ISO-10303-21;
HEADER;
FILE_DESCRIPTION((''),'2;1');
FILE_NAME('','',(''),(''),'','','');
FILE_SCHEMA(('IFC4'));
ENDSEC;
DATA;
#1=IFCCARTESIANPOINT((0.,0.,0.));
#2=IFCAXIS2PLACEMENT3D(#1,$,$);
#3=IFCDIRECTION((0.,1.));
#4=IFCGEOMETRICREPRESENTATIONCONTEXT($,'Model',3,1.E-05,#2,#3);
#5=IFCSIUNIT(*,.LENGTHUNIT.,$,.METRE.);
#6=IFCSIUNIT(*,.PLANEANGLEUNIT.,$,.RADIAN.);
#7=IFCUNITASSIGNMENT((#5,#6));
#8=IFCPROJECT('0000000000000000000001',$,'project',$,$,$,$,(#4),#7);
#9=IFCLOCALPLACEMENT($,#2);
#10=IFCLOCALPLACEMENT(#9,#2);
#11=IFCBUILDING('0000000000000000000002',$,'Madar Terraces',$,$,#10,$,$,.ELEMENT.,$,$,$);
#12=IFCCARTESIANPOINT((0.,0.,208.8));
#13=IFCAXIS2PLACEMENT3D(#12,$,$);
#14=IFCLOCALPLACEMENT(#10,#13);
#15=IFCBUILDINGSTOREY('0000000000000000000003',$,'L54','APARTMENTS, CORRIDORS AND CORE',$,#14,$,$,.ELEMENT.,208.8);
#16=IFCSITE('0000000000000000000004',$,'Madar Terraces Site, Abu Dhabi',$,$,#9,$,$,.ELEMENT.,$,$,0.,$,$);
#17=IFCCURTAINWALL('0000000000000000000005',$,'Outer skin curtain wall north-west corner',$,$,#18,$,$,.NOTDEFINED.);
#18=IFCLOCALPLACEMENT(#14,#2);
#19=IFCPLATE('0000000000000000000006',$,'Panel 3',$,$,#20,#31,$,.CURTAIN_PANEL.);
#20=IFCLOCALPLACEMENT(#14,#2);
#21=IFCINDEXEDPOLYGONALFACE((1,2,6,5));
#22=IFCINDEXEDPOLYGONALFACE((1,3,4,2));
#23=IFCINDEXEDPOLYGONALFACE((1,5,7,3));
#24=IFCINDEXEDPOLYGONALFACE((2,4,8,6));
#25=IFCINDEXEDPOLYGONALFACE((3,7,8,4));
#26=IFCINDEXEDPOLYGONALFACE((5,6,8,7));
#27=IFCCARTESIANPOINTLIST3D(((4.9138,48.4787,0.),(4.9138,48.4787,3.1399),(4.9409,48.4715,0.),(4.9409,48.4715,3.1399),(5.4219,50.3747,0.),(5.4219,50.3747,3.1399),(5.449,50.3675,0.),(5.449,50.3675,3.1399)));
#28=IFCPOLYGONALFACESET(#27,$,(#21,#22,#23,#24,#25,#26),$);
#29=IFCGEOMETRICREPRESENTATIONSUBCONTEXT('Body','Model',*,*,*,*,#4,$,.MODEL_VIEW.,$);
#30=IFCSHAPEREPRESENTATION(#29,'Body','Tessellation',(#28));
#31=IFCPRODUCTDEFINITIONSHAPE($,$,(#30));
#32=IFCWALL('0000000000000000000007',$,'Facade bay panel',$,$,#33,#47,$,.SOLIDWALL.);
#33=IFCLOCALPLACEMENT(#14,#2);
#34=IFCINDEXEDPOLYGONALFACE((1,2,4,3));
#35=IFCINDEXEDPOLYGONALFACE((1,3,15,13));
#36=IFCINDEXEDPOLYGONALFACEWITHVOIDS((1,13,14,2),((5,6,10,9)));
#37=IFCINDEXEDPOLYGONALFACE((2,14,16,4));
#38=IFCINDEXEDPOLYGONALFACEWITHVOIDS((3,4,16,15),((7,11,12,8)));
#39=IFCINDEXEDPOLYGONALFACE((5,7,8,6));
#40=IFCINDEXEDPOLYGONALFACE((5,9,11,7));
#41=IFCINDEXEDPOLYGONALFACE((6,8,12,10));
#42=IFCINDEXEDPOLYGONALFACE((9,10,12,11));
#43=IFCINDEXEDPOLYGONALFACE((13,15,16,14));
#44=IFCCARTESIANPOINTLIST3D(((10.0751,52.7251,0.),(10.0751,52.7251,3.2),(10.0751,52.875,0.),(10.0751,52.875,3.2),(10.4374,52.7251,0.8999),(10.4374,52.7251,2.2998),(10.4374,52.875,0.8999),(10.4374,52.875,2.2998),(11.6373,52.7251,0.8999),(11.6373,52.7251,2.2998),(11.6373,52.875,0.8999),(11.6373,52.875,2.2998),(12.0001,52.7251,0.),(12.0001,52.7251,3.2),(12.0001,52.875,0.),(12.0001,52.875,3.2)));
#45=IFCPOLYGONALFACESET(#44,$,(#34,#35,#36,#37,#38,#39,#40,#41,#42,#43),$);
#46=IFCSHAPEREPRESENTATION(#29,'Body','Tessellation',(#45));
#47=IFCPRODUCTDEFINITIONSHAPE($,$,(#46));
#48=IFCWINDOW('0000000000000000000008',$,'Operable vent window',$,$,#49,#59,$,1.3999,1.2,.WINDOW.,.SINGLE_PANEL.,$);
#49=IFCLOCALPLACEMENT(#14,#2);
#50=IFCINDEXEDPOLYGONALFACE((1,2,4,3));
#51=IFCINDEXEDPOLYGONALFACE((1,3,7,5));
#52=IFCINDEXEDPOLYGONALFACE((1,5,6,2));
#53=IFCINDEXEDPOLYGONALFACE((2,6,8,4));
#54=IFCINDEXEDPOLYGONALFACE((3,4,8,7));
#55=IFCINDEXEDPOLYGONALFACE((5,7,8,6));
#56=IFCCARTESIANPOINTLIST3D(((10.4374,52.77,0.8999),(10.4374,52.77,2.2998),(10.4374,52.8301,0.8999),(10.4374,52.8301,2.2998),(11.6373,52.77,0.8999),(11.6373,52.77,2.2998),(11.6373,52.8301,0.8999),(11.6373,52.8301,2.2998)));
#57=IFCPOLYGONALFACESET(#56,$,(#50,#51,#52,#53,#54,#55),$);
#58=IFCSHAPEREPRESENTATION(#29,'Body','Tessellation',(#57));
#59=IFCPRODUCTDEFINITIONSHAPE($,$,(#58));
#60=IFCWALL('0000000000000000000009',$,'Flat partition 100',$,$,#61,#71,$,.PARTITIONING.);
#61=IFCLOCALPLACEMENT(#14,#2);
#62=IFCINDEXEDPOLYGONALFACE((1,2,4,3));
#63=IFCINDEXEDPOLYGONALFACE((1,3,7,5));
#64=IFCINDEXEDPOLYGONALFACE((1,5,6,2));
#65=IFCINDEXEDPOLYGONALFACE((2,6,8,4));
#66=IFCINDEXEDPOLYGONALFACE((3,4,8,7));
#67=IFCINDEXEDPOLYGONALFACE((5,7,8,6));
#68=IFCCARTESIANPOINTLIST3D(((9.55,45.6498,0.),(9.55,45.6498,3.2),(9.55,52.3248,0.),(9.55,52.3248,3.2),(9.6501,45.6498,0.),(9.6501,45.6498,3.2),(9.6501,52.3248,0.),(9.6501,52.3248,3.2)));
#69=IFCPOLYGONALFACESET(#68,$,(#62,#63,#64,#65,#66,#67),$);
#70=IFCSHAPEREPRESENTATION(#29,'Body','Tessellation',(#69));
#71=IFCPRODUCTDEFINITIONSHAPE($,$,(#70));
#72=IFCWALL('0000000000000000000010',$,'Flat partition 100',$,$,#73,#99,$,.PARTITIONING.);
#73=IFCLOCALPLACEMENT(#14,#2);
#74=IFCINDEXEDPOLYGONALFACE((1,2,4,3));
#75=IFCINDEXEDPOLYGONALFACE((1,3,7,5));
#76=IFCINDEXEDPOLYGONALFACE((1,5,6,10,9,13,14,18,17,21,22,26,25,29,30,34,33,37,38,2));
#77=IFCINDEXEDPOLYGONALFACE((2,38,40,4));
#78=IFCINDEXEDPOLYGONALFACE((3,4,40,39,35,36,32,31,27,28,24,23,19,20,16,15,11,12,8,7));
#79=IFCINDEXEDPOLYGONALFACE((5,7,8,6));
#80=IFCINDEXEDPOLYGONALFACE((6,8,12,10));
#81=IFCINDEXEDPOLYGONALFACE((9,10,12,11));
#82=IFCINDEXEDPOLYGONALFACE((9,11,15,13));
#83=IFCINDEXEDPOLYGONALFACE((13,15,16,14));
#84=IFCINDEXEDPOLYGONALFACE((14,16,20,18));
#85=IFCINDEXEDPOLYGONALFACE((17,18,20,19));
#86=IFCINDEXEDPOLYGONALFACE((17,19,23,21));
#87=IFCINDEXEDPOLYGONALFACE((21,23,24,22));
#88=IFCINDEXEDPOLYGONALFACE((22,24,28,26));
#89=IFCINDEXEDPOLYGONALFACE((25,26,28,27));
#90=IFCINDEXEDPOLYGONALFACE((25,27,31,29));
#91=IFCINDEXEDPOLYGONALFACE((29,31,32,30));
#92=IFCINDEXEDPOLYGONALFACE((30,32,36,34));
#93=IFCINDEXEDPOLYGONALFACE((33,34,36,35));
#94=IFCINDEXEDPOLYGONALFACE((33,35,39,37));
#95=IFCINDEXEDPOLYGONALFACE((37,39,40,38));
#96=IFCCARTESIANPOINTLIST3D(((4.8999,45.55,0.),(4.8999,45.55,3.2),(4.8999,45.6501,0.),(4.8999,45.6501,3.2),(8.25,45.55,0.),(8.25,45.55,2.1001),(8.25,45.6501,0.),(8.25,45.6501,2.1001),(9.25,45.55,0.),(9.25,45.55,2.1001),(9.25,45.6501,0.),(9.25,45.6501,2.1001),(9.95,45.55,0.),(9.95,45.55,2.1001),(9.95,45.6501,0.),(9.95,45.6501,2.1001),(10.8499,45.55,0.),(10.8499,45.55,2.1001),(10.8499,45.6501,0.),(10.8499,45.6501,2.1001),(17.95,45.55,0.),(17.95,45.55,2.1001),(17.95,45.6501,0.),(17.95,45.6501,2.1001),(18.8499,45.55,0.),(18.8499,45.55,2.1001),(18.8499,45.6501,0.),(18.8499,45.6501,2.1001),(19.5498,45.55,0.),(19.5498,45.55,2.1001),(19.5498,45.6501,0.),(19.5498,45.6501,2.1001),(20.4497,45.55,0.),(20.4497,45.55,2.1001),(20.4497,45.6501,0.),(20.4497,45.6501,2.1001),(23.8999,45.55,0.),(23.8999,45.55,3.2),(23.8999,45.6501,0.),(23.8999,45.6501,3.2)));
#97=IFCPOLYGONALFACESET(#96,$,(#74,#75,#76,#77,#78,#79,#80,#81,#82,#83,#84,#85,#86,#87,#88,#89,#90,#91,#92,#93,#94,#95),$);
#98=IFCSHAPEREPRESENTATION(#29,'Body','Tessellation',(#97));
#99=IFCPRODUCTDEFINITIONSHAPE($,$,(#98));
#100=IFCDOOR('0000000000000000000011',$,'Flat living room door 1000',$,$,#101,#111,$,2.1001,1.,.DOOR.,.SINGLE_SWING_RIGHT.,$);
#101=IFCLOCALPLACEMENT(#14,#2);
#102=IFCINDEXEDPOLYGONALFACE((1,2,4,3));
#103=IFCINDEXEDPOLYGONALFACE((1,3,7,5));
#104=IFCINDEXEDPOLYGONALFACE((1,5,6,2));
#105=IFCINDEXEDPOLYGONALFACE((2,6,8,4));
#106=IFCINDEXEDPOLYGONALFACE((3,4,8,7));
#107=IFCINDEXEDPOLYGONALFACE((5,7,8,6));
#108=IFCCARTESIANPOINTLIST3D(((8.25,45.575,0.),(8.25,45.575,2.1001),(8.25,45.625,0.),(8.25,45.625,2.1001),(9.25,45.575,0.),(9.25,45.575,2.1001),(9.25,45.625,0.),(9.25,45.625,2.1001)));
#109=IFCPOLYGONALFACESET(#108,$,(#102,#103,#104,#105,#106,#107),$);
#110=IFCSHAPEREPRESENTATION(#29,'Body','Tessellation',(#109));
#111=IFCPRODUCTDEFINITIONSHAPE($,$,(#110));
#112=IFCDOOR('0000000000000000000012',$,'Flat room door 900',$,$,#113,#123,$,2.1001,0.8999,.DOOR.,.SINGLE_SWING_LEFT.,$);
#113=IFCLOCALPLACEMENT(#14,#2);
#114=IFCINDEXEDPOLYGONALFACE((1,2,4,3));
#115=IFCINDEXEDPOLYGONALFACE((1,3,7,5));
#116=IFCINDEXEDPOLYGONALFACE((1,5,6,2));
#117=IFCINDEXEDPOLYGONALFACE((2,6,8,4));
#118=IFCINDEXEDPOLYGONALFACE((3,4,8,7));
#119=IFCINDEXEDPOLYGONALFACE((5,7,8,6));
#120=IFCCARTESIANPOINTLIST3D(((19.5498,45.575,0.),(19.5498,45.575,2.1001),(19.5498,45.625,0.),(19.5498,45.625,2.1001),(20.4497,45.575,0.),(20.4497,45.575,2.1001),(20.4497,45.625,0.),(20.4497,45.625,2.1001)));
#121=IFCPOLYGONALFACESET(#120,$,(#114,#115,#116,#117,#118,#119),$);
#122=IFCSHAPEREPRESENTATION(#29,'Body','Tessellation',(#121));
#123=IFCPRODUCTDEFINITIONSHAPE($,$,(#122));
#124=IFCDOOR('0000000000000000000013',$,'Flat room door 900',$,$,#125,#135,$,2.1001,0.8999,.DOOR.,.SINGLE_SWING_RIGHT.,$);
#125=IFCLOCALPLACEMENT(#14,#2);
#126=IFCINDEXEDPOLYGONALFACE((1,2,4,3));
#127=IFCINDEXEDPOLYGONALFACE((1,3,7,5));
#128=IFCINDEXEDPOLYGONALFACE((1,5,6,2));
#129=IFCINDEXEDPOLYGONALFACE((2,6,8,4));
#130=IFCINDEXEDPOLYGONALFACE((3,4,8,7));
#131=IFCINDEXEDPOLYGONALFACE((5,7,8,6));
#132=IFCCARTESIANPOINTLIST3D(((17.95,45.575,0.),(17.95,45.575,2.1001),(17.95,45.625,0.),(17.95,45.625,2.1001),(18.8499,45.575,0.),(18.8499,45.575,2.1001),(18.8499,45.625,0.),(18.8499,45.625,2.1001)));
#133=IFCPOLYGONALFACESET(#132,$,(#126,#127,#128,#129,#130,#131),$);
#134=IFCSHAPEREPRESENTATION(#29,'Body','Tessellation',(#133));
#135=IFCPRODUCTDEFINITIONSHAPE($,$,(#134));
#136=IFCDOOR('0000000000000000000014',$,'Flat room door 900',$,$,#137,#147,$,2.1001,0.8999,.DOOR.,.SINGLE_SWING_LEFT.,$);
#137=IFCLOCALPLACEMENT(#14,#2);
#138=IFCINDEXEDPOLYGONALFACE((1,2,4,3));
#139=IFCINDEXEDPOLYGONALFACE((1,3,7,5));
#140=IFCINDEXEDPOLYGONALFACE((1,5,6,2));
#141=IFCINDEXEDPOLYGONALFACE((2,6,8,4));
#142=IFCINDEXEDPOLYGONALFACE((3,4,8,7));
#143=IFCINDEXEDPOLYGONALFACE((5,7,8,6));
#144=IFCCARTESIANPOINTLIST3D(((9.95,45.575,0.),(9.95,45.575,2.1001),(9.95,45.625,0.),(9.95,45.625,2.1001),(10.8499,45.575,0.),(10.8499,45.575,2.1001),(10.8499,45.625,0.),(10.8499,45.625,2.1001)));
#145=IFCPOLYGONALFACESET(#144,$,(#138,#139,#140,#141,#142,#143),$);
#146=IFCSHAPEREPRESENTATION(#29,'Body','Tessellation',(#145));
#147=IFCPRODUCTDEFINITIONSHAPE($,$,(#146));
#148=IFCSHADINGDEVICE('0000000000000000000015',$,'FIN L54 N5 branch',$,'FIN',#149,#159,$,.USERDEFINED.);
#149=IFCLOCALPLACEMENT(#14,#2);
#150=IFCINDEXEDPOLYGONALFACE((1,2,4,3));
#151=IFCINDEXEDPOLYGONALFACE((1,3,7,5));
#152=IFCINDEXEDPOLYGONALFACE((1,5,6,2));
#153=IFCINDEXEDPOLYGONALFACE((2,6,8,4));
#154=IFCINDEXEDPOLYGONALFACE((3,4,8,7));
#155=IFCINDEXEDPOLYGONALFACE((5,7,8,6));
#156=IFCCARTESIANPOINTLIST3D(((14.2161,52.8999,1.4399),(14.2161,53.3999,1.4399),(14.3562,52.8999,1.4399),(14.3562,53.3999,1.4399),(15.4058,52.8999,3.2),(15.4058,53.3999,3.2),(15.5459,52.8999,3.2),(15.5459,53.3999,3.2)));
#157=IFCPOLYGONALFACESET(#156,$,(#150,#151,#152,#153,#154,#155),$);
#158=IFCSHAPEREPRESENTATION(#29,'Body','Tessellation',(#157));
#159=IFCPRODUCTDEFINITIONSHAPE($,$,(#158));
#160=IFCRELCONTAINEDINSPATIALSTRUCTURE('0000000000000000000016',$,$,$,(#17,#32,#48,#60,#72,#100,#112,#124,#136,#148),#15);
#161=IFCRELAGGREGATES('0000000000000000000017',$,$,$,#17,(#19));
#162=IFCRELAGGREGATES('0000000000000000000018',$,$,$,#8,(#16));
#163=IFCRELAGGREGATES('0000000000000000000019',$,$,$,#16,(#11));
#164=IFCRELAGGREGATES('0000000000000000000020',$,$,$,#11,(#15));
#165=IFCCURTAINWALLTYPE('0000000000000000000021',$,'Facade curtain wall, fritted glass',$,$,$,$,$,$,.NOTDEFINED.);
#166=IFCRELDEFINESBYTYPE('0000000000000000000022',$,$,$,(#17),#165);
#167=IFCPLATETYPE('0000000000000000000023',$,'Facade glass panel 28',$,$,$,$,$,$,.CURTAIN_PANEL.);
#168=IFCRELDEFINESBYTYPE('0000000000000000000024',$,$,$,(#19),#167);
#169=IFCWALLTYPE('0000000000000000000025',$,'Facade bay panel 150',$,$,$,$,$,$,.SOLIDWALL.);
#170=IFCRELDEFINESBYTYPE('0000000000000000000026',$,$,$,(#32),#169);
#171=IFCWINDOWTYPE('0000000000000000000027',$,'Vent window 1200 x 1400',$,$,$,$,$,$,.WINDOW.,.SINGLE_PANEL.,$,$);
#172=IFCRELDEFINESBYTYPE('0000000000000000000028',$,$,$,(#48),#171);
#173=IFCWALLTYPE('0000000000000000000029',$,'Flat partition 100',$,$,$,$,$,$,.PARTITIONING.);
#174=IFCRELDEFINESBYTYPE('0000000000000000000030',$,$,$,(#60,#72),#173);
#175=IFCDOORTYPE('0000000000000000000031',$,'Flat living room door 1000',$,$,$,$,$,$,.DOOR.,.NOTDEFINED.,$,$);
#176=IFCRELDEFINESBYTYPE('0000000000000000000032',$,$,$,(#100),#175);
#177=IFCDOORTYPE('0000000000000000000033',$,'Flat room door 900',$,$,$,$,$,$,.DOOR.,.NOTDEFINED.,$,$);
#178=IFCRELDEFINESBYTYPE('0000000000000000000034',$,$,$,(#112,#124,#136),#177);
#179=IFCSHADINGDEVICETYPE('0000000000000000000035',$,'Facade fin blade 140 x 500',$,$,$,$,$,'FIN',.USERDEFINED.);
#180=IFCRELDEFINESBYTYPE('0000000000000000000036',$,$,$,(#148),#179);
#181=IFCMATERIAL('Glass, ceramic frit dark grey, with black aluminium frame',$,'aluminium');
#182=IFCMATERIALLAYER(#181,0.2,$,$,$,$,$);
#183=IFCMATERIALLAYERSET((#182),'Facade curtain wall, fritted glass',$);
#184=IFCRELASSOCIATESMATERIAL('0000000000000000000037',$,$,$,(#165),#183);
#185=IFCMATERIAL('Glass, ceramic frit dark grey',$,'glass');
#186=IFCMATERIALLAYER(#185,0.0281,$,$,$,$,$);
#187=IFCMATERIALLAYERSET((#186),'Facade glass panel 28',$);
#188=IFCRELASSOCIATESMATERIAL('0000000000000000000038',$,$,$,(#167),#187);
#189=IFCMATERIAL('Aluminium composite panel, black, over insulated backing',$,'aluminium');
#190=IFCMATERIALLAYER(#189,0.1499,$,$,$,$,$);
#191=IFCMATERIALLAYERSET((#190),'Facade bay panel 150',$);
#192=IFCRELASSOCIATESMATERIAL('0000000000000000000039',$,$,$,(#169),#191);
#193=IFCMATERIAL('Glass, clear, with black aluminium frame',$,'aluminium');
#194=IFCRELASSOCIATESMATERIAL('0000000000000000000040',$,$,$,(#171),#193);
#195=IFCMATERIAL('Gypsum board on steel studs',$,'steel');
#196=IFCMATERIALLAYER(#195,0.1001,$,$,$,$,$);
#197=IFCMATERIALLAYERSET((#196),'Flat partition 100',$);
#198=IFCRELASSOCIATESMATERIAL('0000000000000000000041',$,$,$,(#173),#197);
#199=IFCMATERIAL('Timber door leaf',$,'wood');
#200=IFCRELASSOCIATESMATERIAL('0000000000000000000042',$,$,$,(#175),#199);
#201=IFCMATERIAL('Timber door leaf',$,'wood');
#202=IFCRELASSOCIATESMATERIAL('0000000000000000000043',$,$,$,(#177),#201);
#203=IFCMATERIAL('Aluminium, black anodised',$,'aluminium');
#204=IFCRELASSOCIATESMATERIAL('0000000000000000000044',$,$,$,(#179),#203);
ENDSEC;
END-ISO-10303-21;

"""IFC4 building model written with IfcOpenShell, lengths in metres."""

from ifc_helpers import new_model, si_unit, direction, frame, frame_2d, origin, origin_2d, place, context, subcontext, project, spatial, polyline, rectangle, outline, extrude, material, layer, layer_set, type_object, element, fill, aggregate, save


model = new_model("IFC4")

# Units and contexts
model_context = context("Model", 3, precision=1e-05, world=origin(), true_north=direction((0.0, 1.0)))
body_context = subcontext(model_context, "Body", "Model", "MODEL_VIEW")
ifc_project = project(units=[si_unit("LENGTHUNIT", "METRE"), si_unit("PLANEANGLEUNIT", "RADIAN")], contexts=[model_context])

# Site, building, storey
site_placement = place(None, origin())
site = spatial("IfcSite", under=ifc_project, at=site_placement, Name="Madar Terraces Site, Abu Dhabi", CompositionType="ELEMENT", RefElevation=0.0)
building_placement = place(site_placement, origin())
building = spatial("IfcBuilding", under=site, at=building_placement, Name="Madar Terraces", CompositionType="ELEMENT")
storey_placement = place(building_placement, frame((0.0, 0.0, 208.8)))
storey = spatial("IfcBuildingStorey", under=building, at=storey_placement, Name="L54", Description="APARTMENTS, CORRIDORS AND CORE", CompositionType="ELEMENT", Elevation=208.8)

# Shared definitions
ifc_material_1 = material(Name="Glass, ceramic frit dark grey, with black aluminium frame", Category="aluminium")
ifc_layer_1 = layer(ifc_material_1, 0.2)
ifc_layer_set_1 = layer_set([ifc_layer_1], Name="Facade curtain wall, fritted glass")
curtain_wall_type = type_object("IfcCurtainWallType", Name="Facade curtain wall, fritted glass", PredefinedType="NOTDEFINED", material=ifc_layer_set_1)

# Curtain wall
curtain_wall_1_placement = place(storey_placement, origin())
curtain_wall_1 = element("IfcCurtainWall", 1, at=curtain_wall_1_placement, inside=storey, type_object=curtain_wall_type, Name="Outer skin curtain wall north-west corner", PredefinedType="NOTDEFINED")

# Shared definitions
ifc_material_2 = material(Name="Glass, ceramic frit dark grey", Category="glass")
ifc_layer_2 = layer(ifc_material_2, 0.0281)
ifc_layer_set_2 = layer_set([ifc_layer_2], Name="Facade glass panel 28")
plate_type = type_object("IfcPlateType", Name="Facade glass panel 28", PredefinedType="CURTAIN_PANEL", material=ifc_layer_set_2)

# Plate
plate_1_placement = place(storey_placement, frame((5.1814, 49.4231, 0.0), z_axis=(0.0, 0.0, 1.0), x_axis=(-0.258819, -0.965926, 0.0)))
plate_1 = element("IfcPlate", 2, at=plate_1_placement, type_object=plate_type, Name="Panel 3", PredefinedType="CURTAIN_PANEL", context=body_context, shape_type="SweptSolid", body=[
    extrude(rectangle(XDim=1.9629, YDim=0.0281, at=origin_2d()), origin(), (0.0, 0.0, 1.0), 3.1399),
])
aggregate(curtain_wall_1, [plate_1])

# Wall, opening, window
ifc_material_3 = material(Name="Aluminium composite panel, black, over insulated backing", Category="aluminium")
ifc_layer_3 = layer(ifc_material_3, 0.1499)
ifc_layer_set_3 = layer_set([ifc_layer_3], Name="Facade bay panel 150")
wall_type_1 = type_object("IfcWallType", Name="Facade bay panel 150", PredefinedType="SOLIDWALL", material=ifc_layer_set_3)
wall_1_placement = place(storey_placement, frame((12.0, 52.8, 0.0), z_axis=(0.0, 0.0, 1.0), x_axis=(-1.0, 0.0, 0.0)))
wall_1 = element("IfcWall", 3, at=wall_1_placement, inside=storey, type_object=wall_type_1, Name="Facade bay panel", PredefinedType="SOLIDWALL", context=body_context, shape_type="SweptSolid", body=[
    extrude(rectangle(XDim=1.925, YDim=0.1499, at=frame_2d((0.9624, 0.0))), origin(), (0.0, 0.0, 1.0), 3.2),
])
opening_1_placement = place(wall_1_placement, frame((0.3625, 0.0, 0.8999)))
opening_1 = element("IfcOpeningElement", 4, at=opening_1_placement, cuts=wall_1, PredefinedType="OPENING", context=body_context, shape_type="SweptSolid", body=[
    extrude(rectangle(XDim=1.2, YDim=1.3999, at=frame_2d((0.6001, 0.7))), frame((0.0, 0.085, 0.0), z_axis=(0.0, -1.0, 0.0), x_axis=(1.0, 0.0, 0.0)), (0.0, 0.0, 1.0), 0.1699),
])
ifc_material_4 = material(Name="Glass, clear, with black aluminium frame", Category="aluminium")
window_type = type_object("IfcWindowType", Name="Vent window 1200 x 1400", PartitioningType="SINGLE_PANEL", PredefinedType="WINDOW", material=ifc_material_4)
window_placement = place(opening_1_placement, origin())
window = element("IfcWindow", 5, at=window_placement, inside=storey, type_object=window_type, Name="Operable vent window", OverallHeight=1.3999, OverallWidth=1.2, PartitioningType="SINGLE_PANEL", PredefinedType="WINDOW", context=body_context, shape_type="SweptSolid", body=[
    extrude(rectangle(XDim=1.2, YDim=1.3999, at=frame_2d((0.6001, 0.7))), frame((0.0, 0.03, 0.0), z_axis=(0.0, -1.0, 0.0), x_axis=(1.0, 0.0, 0.0)), (0.0, 0.0, 1.0), 0.0601),
])
fill(opening_1, window)

# Wall
ifc_material_5 = material(Name="Gypsum board on steel studs", Category="steel")
ifc_layer_4 = layer(ifc_material_5, 0.1001)
ifc_layer_set_4 = layer_set([ifc_layer_4], Name="Flat partition 100")
wall_type_2 = type_object("IfcWallType", Name="Flat partition 100", PredefinedType="PARTITIONING", material=ifc_layer_set_4)
wall_2_placement = place(storey_placement, frame((9.6001, 45.6499, 0.0), z_axis=(0.0, 0.0, 1.0), x_axis=(0.0, 1.0, 0.0)))
element("IfcWall", 6, at=wall_2_placement, inside=storey, type_object=wall_type_2, Name="Flat partition 100", PredefinedType="PARTITIONING", context=body_context, shape_type="SweptSolid", body=[
    extrude(rectangle(XDim=6.675, YDim=0.1001, at=frame_2d((3.3374, 0.0))), origin(), (0.0, 0.0, 1.0), 3.2),
])

# Wall, openings, doors
wall_3_placement = place(storey_placement, frame((4.8999, 45.6001, 0.0), z_axis=(0.0, 0.0, 1.0), x_axis=(1.0, 0.0, 0.0)))
wall_3 = element("IfcWall", 7, at=wall_3_placement, inside=storey, type_object=wall_type_2, Name="Flat partition 100", PredefinedType="PARTITIONING", context=body_context, shape_type="SweptSolid", body=[
    extrude(rectangle(XDim=19.0, YDim=0.1001, at=frame_2d((9.5, 0.0))), origin(), (0.0, 0.0, 1.0), 3.2),
])
opening_2_placement = place(wall_3_placement, frame((14.6499, 0.0, 0.0)))
opening_2 = element("IfcOpeningElement", 8, at=opening_2_placement, cuts=wall_3, PredefinedType="OPENING", context=body_context, shape_type="SweptSolid", body=[
    extrude(rectangle(XDim=0.8999, YDim=2.1001, at=frame_2d((0.45, 1.05))), frame((0.0, 0.0601, 0.0), z_axis=(0.0, -1.0, 0.0), x_axis=(1.0, 0.0, 0.0)), (0.0, 0.0, 1.0), 0.1201),
])
opening_3_placement = place(wall_3_placement, frame((13.05, 0.0, 0.0)))
opening_3 = element("IfcOpeningElement", 9, at=opening_3_placement, cuts=wall_3, PredefinedType="OPENING", context=body_context, shape_type="SweptSolid", body=[
    extrude(rectangle(XDim=0.8999, YDim=2.1001, at=frame_2d((0.45, 1.05))), frame((0.0, 0.0601, 0.0), z_axis=(0.0, -1.0, 0.0), x_axis=(1.0, 0.0, 0.0)), (0.0, 0.0, 1.0), 0.1201),
])
opening_4_placement = place(wall_3_placement, frame((5.05, 0.0, 0.0)))
opening_4 = element("IfcOpeningElement", 10, at=opening_4_placement, cuts=wall_3, PredefinedType="OPENING", context=body_context, shape_type="SweptSolid", body=[
    extrude(rectangle(XDim=0.8999, YDim=2.1001, at=frame_2d((0.45, 1.05))), frame((0.0, 0.0601, 0.0), z_axis=(0.0, -1.0, 0.0), x_axis=(1.0, 0.0, 0.0)), (0.0, 0.0, 1.0), 0.1201),
])
opening_5_placement = place(wall_3_placement, frame((3.3501, 0.0, 0.0)))
opening_5 = element("IfcOpeningElement", 11, at=opening_5_placement, cuts=wall_3, PredefinedType="OPENING", context=body_context, shape_type="SweptSolid", body=[
    extrude(rectangle(XDim=1.0, YDim=2.1001, at=frame_2d((0.5, 1.05))), frame((0.0, 0.0601, 0.0), z_axis=(0.0, -1.0, 0.0), x_axis=(1.0, 0.0, 0.0)), (0.0, 0.0, 1.0), 0.1201),
])
ifc_material_6 = material(Name="Timber door leaf", Category="wood")
door_type_1 = type_object("IfcDoorType", Name="Flat living room door 1000", OperationType="NOTDEFINED", PredefinedType="DOOR", material=ifc_material_6)
door_1_placement = place(opening_5_placement, origin())
door_1 = element("IfcDoor", 12, at=door_1_placement, inside=storey, type_object=door_type_1, Name="Flat living room door 1000", OperationType="SINGLE_SWING_RIGHT", OverallHeight=2.1001, OverallWidth=1.0, PredefinedType="DOOR", context=body_context, shape_type="SweptSolid", body=[
    extrude(rectangle(XDim=1.0, YDim=2.1001, at=frame_2d((0.5, 1.05))), frame((0.0, 0.0249, 0.0), z_axis=(0.0, -1.0, 0.0), x_axis=(1.0, 0.0, 0.0)), (0.0, 0.0, 1.0), 0.05),
])
fill(opening_5, door_1)
ifc_material_7 = material(Name="Timber door leaf", Category="wood")
door_type_2 = type_object("IfcDoorType", Name="Flat room door 900", OperationType="NOTDEFINED", PredefinedType="DOOR", material=ifc_material_7)
door_2_placement = place(opening_2_placement, origin())
door_2 = element("IfcDoor", 13, at=door_2_placement, inside=storey, type_object=door_type_2, Name="Flat room door 900", OperationType="SINGLE_SWING_LEFT", OverallHeight=2.1001, OverallWidth=0.8999, PredefinedType="DOOR", context=body_context, shape_type="SweptSolid", body=[
    extrude(rectangle(XDim=0.8999, YDim=2.1001, at=frame_2d((0.45, 1.05))), frame((0.0, 0.0249, 0.0), z_axis=(0.0, -1.0, 0.0), x_axis=(1.0, 0.0, 0.0)), (0.0, 0.0, 1.0), 0.05),
])
fill(opening_2, door_2)
door_3_placement = place(opening_3_placement, origin())
door_3 = element("IfcDoor", 14, at=door_3_placement, inside=storey, type_object=door_type_2, Name="Flat room door 900", OperationType="SINGLE_SWING_RIGHT", OverallHeight=2.1001, OverallWidth=0.8999, PredefinedType="DOOR", context=body_context, shape_type="SweptSolid", body=[
    extrude(rectangle(XDim=0.8999, YDim=2.1001, at=frame_2d((0.45, 1.05))), frame((0.0, 0.0249, 0.0), z_axis=(0.0, -1.0, 0.0), x_axis=(1.0, 0.0, 0.0)), (0.0, 0.0, 1.0), 0.05),
])
fill(opening_3, door_3)
door_4_placement = place(opening_4_placement, origin())
door_4 = element("IfcDoor", 15, at=door_4_placement, inside=storey, type_object=door_type_2, Name="Flat room door 900", OperationType="SINGLE_SWING_LEFT", OverallHeight=2.1001, OverallWidth=0.8999, PredefinedType="DOOR", context=body_context, shape_type="SweptSolid", body=[
    extrude(rectangle(XDim=0.8999, YDim=2.1001, at=frame_2d((0.45, 1.05))), frame((0.0, 0.0249, 0.0), z_axis=(0.0, -1.0, 0.0), x_axis=(1.0, 0.0, 0.0)), (0.0, 0.0, 1.0), 0.05),
])
fill(opening_4, door_4)

# Shading device
ifc_material_8 = material(Name="Aluminium, black anodised", Category="aluminium")
shading_device_type = type_object("IfcShadingDeviceType", Name="Facade fin blade 140 x 500", ElementType="FIN", PredefinedType="USERDEFINED", material=ifc_material_8)
shading_device_1_placement = place(storey_placement, frame((14.3562, 53.1499, 1.4399), z_axis=(0.0, 0.0, 1.0), x_axis=(-1.0, 0.0, 0.0)))
element("IfcShadingDevice", 16, at=shading_device_1_placement, inside=storey, type_object=shading_device_type, Name="FIN L54 N5 branch", ObjectType="FIN", PredefinedType="USERDEFINED", context=body_context, shape_type="SweptSolid", body=[
    extrude(outline(polyline([(0.0, 0.0), (0.1401, 0.0), (-1.0496, 1.76), (-1.1897, 1.76), (0.0, 0.0)])), frame((0.0, 0.25, 0.0), z_axis=(0.0, -1.0, 0.0), x_axis=(1.0, 0.0, 0.0)), (0.0, 0.0, 1.0), 0.5),
])

save(model, "model.ifc")
